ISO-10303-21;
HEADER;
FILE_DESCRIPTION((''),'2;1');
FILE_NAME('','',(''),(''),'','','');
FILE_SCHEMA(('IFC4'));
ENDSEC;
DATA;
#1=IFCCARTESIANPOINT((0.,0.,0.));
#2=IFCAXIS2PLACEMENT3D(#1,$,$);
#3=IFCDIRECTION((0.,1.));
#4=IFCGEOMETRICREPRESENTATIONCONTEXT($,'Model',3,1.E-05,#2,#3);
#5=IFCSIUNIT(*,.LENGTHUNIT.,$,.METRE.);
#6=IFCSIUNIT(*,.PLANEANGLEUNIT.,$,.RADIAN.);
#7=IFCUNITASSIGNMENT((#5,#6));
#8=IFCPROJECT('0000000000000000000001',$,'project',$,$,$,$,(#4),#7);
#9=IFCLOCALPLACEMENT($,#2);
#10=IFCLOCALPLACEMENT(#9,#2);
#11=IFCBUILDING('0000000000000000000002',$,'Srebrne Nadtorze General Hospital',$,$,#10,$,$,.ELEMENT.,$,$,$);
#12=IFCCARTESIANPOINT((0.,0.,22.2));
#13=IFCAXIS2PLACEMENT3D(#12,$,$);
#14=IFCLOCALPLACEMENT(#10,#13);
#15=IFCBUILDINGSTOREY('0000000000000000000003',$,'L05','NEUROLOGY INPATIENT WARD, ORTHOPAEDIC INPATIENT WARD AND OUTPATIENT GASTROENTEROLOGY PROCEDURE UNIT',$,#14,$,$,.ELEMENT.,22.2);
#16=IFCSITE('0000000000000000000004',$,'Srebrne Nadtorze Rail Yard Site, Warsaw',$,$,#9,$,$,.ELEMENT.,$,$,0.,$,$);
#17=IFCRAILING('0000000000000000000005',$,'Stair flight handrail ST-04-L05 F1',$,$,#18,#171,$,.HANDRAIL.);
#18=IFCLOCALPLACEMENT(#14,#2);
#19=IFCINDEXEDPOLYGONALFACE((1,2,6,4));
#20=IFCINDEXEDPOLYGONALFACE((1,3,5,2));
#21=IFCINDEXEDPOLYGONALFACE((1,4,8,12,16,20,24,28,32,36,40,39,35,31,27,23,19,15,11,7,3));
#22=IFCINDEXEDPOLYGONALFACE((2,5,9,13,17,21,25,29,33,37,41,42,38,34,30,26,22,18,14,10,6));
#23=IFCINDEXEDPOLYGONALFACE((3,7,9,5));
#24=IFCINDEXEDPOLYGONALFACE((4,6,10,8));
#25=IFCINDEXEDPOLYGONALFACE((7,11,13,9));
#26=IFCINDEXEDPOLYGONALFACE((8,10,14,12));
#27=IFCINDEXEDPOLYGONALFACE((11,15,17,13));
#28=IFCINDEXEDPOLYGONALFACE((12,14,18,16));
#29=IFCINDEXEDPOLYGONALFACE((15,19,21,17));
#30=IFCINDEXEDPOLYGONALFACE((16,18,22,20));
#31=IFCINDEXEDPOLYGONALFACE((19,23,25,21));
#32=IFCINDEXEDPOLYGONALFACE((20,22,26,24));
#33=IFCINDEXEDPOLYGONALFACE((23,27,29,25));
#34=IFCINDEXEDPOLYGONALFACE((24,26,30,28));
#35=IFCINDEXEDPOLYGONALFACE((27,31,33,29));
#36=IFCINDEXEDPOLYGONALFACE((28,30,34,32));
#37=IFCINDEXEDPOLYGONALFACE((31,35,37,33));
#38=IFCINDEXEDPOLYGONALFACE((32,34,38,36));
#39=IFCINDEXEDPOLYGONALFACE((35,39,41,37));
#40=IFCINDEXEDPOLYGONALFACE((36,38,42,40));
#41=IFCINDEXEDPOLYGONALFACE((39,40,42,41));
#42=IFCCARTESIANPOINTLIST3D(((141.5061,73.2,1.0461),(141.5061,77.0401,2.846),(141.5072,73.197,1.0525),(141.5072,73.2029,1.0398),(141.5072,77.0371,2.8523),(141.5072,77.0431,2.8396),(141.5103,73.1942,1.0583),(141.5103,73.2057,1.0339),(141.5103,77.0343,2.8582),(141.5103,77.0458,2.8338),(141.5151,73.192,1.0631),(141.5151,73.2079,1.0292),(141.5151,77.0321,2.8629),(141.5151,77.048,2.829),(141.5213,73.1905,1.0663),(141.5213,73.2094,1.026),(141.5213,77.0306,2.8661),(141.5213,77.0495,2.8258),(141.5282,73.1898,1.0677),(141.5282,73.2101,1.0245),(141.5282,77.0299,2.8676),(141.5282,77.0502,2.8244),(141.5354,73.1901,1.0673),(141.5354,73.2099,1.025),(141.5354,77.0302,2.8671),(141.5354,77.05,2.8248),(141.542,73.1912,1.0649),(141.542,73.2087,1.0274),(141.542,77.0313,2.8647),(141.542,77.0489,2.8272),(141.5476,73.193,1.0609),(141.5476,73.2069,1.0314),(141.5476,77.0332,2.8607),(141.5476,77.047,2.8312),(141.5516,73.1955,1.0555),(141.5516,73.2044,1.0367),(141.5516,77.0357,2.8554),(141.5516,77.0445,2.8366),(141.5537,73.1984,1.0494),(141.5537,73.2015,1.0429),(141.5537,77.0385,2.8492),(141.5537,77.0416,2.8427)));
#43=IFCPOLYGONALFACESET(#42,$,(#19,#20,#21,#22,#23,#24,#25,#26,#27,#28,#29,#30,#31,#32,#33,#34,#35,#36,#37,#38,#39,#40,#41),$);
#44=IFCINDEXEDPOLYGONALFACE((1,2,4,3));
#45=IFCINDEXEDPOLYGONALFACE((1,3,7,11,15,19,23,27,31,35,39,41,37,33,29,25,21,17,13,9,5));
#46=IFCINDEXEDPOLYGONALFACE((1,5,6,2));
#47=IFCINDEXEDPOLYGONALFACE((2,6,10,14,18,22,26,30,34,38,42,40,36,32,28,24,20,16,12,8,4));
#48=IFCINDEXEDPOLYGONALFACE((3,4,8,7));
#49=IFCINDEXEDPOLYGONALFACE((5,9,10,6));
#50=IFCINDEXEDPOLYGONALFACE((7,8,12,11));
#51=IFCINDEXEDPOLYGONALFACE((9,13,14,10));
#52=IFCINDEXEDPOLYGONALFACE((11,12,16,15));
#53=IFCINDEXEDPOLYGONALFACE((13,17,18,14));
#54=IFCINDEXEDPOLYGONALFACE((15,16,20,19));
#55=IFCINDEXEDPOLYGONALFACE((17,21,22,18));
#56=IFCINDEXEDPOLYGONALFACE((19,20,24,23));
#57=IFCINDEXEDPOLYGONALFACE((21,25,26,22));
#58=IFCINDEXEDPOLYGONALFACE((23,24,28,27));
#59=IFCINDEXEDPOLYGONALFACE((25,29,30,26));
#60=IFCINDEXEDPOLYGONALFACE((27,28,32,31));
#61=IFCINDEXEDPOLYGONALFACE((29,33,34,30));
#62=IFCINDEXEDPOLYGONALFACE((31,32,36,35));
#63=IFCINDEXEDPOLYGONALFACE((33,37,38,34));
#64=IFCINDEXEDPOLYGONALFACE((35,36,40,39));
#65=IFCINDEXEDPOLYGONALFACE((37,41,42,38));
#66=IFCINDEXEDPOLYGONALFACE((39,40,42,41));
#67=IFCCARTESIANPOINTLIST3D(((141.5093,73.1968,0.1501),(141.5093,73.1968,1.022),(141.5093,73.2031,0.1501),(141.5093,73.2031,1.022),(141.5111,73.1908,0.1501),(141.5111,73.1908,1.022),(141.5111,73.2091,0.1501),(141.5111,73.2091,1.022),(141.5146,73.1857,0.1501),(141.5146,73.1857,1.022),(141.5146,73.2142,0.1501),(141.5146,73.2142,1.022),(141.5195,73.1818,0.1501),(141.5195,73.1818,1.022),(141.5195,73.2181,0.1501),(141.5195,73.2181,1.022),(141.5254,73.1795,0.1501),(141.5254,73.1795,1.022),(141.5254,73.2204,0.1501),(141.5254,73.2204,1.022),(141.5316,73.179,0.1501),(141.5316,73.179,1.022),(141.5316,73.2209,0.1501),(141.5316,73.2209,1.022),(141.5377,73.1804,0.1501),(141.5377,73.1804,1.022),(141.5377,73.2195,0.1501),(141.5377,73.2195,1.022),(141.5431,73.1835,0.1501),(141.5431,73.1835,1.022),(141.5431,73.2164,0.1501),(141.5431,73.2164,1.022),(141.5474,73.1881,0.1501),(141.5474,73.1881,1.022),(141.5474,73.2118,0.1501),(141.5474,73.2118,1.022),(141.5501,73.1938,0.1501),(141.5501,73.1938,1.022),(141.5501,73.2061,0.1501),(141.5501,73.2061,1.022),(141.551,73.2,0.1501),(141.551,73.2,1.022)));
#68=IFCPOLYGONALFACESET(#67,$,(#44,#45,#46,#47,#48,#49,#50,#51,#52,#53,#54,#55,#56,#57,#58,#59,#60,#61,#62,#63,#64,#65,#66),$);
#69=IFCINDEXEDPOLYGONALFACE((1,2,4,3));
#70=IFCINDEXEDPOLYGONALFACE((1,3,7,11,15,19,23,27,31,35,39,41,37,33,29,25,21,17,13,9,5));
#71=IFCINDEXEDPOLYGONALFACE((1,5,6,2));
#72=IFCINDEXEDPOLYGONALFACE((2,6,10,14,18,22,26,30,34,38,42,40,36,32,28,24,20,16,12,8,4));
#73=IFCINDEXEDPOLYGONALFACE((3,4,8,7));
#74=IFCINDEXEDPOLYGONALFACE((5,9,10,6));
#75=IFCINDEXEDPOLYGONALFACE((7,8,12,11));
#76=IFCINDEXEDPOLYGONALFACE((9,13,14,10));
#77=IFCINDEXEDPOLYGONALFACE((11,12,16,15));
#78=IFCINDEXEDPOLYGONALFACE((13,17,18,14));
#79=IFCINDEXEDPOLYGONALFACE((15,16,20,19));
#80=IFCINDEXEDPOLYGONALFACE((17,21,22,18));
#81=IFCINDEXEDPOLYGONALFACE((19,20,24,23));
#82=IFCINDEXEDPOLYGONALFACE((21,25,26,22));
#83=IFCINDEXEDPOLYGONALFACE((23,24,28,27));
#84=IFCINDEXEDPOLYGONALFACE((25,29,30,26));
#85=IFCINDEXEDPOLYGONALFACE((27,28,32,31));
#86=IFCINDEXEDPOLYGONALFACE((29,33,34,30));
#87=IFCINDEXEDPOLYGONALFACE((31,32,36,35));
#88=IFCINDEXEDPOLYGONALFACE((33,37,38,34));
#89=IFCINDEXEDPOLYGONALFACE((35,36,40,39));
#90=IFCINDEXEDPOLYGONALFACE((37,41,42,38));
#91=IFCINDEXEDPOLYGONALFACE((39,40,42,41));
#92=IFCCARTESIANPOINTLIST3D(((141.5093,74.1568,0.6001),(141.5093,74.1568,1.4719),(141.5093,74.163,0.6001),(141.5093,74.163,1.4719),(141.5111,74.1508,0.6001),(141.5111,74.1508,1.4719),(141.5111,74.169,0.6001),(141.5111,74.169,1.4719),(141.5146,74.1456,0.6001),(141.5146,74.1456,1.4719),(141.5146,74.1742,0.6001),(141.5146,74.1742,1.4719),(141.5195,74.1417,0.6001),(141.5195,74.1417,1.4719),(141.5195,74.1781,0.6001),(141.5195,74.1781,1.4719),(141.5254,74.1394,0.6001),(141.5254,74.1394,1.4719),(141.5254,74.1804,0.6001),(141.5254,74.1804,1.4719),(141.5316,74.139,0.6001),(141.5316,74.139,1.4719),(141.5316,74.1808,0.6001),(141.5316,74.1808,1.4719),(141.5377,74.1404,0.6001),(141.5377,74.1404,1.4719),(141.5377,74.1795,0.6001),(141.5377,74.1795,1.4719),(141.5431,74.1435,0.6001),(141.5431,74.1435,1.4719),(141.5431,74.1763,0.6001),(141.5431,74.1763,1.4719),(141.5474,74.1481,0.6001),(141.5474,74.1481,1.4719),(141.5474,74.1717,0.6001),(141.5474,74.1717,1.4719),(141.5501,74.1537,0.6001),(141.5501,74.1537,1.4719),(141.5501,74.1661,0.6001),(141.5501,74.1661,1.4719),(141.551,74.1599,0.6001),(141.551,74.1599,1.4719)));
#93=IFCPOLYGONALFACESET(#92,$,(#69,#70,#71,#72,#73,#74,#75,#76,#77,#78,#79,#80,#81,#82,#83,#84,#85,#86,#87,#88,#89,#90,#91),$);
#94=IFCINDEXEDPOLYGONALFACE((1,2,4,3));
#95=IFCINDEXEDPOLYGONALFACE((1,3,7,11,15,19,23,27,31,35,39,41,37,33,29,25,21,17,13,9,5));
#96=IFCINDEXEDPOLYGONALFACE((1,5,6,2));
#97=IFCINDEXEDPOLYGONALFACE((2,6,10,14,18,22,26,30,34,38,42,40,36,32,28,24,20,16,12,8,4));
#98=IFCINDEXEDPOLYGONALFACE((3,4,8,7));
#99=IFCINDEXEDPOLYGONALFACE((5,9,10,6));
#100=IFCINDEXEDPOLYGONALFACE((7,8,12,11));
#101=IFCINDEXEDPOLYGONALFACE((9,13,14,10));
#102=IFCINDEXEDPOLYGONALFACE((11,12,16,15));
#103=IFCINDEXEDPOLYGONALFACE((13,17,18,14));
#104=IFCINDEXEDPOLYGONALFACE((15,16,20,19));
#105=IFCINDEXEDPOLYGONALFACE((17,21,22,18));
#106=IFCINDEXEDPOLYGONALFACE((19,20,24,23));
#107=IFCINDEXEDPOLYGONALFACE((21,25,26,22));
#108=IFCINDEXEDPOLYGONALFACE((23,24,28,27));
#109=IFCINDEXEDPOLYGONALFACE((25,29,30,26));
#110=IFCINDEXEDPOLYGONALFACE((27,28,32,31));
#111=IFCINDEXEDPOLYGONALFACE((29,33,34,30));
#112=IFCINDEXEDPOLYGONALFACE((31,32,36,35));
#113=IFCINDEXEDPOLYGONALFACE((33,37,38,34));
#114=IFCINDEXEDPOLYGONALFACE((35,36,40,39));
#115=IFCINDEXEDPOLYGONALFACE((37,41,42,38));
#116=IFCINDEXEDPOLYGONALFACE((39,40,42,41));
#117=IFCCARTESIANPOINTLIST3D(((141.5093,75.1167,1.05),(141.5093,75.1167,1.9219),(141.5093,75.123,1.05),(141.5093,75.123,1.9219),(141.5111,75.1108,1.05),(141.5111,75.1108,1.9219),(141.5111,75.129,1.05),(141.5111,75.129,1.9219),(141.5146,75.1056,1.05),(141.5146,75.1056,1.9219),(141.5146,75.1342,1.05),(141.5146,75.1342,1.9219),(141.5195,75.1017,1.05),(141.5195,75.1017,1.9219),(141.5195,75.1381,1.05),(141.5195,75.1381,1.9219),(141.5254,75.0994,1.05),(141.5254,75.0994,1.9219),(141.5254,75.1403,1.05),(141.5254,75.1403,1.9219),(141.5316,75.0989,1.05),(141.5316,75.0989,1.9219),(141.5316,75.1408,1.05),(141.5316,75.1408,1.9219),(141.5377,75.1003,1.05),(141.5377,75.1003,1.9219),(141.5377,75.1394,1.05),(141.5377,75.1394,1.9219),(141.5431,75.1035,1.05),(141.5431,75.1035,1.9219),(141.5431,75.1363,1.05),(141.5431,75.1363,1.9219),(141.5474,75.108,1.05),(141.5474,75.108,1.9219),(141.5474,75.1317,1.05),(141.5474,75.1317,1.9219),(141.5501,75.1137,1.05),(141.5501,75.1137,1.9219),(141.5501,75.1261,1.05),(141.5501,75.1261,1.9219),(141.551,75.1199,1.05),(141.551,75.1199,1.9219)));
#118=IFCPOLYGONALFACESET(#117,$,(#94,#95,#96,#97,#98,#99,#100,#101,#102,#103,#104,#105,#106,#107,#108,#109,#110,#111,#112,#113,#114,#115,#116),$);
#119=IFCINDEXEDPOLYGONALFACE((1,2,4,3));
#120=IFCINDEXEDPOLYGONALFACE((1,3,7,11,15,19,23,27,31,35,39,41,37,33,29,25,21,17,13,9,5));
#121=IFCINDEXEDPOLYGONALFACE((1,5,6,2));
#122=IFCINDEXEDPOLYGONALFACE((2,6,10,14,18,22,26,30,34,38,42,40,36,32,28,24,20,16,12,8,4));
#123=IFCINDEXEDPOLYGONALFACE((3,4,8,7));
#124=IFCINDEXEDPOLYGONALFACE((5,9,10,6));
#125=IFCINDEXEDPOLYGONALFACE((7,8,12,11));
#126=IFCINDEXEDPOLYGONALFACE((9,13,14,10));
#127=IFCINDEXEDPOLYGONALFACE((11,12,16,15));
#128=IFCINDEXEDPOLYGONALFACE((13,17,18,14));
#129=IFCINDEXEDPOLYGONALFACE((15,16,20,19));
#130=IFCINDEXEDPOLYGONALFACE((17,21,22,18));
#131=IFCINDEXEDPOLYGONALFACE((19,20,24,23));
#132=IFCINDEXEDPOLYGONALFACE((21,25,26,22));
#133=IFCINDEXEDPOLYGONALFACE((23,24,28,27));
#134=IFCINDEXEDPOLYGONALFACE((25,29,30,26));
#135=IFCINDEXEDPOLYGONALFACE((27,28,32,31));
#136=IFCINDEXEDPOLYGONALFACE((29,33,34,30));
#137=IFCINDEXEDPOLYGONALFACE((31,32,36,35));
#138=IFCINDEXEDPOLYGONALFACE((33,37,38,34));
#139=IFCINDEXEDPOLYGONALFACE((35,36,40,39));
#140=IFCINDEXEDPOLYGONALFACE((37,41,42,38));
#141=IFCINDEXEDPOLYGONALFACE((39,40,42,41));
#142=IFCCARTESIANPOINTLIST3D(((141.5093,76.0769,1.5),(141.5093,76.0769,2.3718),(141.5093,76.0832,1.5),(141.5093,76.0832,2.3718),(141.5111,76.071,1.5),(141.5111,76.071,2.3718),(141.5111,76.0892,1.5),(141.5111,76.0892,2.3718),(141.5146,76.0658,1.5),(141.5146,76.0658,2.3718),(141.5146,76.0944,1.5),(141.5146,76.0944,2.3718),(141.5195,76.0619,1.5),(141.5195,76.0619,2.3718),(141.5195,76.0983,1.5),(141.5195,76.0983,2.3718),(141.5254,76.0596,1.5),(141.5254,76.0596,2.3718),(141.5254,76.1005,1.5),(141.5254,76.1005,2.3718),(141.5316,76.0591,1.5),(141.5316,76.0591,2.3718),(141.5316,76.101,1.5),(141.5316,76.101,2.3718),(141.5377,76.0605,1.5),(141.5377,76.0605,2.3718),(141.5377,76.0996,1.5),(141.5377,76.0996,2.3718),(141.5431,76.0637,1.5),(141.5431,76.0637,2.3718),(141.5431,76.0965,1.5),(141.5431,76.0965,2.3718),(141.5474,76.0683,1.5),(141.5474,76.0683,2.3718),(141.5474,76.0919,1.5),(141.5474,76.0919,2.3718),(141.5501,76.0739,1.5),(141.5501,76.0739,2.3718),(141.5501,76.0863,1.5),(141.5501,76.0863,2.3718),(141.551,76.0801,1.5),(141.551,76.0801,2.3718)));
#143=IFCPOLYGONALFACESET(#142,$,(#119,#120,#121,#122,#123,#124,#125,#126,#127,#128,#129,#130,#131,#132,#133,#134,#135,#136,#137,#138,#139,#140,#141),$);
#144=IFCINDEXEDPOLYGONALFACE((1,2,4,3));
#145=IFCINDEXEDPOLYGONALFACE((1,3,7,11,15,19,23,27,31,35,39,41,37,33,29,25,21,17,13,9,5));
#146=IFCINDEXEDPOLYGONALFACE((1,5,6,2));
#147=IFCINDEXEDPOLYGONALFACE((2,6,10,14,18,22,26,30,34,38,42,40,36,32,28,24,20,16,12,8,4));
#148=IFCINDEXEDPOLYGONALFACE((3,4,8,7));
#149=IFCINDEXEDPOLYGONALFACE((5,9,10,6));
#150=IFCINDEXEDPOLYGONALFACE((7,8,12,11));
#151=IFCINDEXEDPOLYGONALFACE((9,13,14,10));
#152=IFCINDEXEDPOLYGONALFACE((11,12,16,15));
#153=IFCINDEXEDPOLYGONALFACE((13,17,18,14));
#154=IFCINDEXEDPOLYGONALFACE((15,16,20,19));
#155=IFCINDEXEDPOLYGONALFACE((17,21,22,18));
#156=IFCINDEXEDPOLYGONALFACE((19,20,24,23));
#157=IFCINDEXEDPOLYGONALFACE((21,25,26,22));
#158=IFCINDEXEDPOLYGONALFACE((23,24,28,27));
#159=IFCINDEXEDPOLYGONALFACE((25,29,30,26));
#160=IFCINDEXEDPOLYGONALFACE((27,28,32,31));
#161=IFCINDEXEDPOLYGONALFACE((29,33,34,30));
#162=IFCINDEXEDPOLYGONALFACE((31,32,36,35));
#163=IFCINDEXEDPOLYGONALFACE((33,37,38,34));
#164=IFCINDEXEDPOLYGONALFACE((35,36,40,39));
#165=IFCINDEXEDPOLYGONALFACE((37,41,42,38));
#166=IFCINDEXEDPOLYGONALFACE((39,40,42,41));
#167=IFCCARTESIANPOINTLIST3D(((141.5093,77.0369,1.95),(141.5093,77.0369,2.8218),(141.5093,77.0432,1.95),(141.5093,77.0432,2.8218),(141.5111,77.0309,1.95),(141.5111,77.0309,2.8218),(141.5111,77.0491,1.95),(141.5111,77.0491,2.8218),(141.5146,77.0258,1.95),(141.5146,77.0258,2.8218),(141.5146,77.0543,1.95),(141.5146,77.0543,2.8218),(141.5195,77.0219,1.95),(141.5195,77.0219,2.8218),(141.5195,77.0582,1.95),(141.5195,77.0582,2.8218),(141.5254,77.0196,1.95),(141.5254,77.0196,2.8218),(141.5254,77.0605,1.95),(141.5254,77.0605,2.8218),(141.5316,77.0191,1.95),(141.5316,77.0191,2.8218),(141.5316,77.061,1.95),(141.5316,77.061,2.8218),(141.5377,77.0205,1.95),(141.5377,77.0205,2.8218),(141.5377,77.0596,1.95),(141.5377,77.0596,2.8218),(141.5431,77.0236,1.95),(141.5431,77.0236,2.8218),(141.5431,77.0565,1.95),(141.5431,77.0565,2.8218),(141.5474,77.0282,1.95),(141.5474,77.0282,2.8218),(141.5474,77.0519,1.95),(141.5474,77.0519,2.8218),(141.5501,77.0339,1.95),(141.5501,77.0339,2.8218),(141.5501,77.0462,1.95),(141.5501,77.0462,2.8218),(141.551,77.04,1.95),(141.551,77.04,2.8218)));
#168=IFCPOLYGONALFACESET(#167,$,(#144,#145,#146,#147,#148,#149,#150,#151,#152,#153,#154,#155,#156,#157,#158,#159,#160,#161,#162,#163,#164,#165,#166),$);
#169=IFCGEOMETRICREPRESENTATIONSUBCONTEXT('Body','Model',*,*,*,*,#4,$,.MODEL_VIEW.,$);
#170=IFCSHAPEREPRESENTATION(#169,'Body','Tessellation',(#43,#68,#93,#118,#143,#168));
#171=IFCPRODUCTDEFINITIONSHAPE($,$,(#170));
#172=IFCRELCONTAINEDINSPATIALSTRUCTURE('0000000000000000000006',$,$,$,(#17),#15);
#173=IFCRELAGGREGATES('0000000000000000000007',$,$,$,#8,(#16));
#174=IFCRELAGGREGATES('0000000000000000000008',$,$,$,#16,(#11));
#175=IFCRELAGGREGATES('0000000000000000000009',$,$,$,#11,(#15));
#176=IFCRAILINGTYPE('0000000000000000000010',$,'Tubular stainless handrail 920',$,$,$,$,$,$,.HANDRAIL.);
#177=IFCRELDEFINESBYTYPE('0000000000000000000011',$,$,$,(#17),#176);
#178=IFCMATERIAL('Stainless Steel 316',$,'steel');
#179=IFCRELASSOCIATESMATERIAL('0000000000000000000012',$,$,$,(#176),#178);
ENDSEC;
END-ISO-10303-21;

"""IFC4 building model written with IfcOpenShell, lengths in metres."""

from ifc_helpers import new_model, si_unit, direction, frame, origin, origin_2d, place, context, subcontext, project, spatial, circle, extrude, material, type_object, element, save


model = new_model("IFC4")

# Units and contexts
model_context = context("Model", 3, precision=1e-05, world=origin(), true_north=direction((0.0, 1.0)))
body_context = subcontext(model_context, "Body", "Model", "MODEL_VIEW")
ifc_project = project(units=[si_unit("LENGTHUNIT", "METRE"), si_unit("PLANEANGLEUNIT", "RADIAN")], contexts=[model_context])

# Site, building, storey
site_placement = place(None, origin())
site = spatial("IfcSite", under=ifc_project, at=site_placement, Name="Srebrne Nadtorze Rail Yard Site, Warsaw", CompositionType="ELEMENT", RefElevation=0.0)
building_placement = place(site_placement, origin())
building = spatial("IfcBuilding", under=site, at=building_placement, Name="Srebrne Nadtorze General Hospital", CompositionType="ELEMENT")
storey_placement = place(building_placement, frame((0.0, 0.0, 22.2)))
storey = spatial("IfcBuildingStorey", under=building, at=storey_placement, Name="L05", Description="NEUROLOGY INPATIENT WARD, ORTHOPAEDIC INPATIENT WARD AND OUTPATIENT GASTROENTEROLOGY PROCEDURE UNIT", CompositionType="ELEMENT", Elevation=22.2)

# Railing
ifc_material_1 = material(Name="Stainless Steel 316", Category="steel")
railing_type = type_object("IfcRailingType", Name="Tubular stainless handrail 920", PredefinedType="HANDRAIL", material=ifc_material_1)
railing_placement = place(storey_placement, frame((141.53, 73.2, 0.1501)))
element("IfcRailing", 1, at=railing_placement, inside=storey, type_object=railing_type, Name="Stair flight handrail ST-04-L05 F1", PredefinedType="HANDRAIL", context=body_context, shape_type="SweptSolid", body=[
    extrude(circle(Radius=0.0239, at=origin_2d()), frame((0.0, 0.0, 0.896), z_axis=(0.0, 0.90548, 0.424388), x_axis=(-1.0, 0.0, 0.0)), (0.0, 0.0, 1.0), 4.241),
    extrude(circle(Radius=0.021, at=origin_2d()), origin(), (0.0, 0.0, 1.0), 0.8718),
    extrude(circle(Radius=0.021, at=origin_2d()), frame((0.0, 0.96, 0.45)), (0.0, 0.0, 1.0), 0.8718),
    extrude(circle(Radius=0.021, at=origin_2d()), frame((0.0, 1.9199, 0.8999)), (0.0, 0.0, 1.0), 0.8718),
    extrude(circle(Radius=0.021, at=origin_2d()), frame((0.0, 2.8801, 1.3499)), (0.0, 0.0, 1.0), 0.8718),
    extrude(circle(Radius=0.021, at=origin_2d()), frame((0.0, 3.8401, 1.7998)), (0.0, 0.0, 1.0), 0.8718),
])

save(model, "model.ifc")
